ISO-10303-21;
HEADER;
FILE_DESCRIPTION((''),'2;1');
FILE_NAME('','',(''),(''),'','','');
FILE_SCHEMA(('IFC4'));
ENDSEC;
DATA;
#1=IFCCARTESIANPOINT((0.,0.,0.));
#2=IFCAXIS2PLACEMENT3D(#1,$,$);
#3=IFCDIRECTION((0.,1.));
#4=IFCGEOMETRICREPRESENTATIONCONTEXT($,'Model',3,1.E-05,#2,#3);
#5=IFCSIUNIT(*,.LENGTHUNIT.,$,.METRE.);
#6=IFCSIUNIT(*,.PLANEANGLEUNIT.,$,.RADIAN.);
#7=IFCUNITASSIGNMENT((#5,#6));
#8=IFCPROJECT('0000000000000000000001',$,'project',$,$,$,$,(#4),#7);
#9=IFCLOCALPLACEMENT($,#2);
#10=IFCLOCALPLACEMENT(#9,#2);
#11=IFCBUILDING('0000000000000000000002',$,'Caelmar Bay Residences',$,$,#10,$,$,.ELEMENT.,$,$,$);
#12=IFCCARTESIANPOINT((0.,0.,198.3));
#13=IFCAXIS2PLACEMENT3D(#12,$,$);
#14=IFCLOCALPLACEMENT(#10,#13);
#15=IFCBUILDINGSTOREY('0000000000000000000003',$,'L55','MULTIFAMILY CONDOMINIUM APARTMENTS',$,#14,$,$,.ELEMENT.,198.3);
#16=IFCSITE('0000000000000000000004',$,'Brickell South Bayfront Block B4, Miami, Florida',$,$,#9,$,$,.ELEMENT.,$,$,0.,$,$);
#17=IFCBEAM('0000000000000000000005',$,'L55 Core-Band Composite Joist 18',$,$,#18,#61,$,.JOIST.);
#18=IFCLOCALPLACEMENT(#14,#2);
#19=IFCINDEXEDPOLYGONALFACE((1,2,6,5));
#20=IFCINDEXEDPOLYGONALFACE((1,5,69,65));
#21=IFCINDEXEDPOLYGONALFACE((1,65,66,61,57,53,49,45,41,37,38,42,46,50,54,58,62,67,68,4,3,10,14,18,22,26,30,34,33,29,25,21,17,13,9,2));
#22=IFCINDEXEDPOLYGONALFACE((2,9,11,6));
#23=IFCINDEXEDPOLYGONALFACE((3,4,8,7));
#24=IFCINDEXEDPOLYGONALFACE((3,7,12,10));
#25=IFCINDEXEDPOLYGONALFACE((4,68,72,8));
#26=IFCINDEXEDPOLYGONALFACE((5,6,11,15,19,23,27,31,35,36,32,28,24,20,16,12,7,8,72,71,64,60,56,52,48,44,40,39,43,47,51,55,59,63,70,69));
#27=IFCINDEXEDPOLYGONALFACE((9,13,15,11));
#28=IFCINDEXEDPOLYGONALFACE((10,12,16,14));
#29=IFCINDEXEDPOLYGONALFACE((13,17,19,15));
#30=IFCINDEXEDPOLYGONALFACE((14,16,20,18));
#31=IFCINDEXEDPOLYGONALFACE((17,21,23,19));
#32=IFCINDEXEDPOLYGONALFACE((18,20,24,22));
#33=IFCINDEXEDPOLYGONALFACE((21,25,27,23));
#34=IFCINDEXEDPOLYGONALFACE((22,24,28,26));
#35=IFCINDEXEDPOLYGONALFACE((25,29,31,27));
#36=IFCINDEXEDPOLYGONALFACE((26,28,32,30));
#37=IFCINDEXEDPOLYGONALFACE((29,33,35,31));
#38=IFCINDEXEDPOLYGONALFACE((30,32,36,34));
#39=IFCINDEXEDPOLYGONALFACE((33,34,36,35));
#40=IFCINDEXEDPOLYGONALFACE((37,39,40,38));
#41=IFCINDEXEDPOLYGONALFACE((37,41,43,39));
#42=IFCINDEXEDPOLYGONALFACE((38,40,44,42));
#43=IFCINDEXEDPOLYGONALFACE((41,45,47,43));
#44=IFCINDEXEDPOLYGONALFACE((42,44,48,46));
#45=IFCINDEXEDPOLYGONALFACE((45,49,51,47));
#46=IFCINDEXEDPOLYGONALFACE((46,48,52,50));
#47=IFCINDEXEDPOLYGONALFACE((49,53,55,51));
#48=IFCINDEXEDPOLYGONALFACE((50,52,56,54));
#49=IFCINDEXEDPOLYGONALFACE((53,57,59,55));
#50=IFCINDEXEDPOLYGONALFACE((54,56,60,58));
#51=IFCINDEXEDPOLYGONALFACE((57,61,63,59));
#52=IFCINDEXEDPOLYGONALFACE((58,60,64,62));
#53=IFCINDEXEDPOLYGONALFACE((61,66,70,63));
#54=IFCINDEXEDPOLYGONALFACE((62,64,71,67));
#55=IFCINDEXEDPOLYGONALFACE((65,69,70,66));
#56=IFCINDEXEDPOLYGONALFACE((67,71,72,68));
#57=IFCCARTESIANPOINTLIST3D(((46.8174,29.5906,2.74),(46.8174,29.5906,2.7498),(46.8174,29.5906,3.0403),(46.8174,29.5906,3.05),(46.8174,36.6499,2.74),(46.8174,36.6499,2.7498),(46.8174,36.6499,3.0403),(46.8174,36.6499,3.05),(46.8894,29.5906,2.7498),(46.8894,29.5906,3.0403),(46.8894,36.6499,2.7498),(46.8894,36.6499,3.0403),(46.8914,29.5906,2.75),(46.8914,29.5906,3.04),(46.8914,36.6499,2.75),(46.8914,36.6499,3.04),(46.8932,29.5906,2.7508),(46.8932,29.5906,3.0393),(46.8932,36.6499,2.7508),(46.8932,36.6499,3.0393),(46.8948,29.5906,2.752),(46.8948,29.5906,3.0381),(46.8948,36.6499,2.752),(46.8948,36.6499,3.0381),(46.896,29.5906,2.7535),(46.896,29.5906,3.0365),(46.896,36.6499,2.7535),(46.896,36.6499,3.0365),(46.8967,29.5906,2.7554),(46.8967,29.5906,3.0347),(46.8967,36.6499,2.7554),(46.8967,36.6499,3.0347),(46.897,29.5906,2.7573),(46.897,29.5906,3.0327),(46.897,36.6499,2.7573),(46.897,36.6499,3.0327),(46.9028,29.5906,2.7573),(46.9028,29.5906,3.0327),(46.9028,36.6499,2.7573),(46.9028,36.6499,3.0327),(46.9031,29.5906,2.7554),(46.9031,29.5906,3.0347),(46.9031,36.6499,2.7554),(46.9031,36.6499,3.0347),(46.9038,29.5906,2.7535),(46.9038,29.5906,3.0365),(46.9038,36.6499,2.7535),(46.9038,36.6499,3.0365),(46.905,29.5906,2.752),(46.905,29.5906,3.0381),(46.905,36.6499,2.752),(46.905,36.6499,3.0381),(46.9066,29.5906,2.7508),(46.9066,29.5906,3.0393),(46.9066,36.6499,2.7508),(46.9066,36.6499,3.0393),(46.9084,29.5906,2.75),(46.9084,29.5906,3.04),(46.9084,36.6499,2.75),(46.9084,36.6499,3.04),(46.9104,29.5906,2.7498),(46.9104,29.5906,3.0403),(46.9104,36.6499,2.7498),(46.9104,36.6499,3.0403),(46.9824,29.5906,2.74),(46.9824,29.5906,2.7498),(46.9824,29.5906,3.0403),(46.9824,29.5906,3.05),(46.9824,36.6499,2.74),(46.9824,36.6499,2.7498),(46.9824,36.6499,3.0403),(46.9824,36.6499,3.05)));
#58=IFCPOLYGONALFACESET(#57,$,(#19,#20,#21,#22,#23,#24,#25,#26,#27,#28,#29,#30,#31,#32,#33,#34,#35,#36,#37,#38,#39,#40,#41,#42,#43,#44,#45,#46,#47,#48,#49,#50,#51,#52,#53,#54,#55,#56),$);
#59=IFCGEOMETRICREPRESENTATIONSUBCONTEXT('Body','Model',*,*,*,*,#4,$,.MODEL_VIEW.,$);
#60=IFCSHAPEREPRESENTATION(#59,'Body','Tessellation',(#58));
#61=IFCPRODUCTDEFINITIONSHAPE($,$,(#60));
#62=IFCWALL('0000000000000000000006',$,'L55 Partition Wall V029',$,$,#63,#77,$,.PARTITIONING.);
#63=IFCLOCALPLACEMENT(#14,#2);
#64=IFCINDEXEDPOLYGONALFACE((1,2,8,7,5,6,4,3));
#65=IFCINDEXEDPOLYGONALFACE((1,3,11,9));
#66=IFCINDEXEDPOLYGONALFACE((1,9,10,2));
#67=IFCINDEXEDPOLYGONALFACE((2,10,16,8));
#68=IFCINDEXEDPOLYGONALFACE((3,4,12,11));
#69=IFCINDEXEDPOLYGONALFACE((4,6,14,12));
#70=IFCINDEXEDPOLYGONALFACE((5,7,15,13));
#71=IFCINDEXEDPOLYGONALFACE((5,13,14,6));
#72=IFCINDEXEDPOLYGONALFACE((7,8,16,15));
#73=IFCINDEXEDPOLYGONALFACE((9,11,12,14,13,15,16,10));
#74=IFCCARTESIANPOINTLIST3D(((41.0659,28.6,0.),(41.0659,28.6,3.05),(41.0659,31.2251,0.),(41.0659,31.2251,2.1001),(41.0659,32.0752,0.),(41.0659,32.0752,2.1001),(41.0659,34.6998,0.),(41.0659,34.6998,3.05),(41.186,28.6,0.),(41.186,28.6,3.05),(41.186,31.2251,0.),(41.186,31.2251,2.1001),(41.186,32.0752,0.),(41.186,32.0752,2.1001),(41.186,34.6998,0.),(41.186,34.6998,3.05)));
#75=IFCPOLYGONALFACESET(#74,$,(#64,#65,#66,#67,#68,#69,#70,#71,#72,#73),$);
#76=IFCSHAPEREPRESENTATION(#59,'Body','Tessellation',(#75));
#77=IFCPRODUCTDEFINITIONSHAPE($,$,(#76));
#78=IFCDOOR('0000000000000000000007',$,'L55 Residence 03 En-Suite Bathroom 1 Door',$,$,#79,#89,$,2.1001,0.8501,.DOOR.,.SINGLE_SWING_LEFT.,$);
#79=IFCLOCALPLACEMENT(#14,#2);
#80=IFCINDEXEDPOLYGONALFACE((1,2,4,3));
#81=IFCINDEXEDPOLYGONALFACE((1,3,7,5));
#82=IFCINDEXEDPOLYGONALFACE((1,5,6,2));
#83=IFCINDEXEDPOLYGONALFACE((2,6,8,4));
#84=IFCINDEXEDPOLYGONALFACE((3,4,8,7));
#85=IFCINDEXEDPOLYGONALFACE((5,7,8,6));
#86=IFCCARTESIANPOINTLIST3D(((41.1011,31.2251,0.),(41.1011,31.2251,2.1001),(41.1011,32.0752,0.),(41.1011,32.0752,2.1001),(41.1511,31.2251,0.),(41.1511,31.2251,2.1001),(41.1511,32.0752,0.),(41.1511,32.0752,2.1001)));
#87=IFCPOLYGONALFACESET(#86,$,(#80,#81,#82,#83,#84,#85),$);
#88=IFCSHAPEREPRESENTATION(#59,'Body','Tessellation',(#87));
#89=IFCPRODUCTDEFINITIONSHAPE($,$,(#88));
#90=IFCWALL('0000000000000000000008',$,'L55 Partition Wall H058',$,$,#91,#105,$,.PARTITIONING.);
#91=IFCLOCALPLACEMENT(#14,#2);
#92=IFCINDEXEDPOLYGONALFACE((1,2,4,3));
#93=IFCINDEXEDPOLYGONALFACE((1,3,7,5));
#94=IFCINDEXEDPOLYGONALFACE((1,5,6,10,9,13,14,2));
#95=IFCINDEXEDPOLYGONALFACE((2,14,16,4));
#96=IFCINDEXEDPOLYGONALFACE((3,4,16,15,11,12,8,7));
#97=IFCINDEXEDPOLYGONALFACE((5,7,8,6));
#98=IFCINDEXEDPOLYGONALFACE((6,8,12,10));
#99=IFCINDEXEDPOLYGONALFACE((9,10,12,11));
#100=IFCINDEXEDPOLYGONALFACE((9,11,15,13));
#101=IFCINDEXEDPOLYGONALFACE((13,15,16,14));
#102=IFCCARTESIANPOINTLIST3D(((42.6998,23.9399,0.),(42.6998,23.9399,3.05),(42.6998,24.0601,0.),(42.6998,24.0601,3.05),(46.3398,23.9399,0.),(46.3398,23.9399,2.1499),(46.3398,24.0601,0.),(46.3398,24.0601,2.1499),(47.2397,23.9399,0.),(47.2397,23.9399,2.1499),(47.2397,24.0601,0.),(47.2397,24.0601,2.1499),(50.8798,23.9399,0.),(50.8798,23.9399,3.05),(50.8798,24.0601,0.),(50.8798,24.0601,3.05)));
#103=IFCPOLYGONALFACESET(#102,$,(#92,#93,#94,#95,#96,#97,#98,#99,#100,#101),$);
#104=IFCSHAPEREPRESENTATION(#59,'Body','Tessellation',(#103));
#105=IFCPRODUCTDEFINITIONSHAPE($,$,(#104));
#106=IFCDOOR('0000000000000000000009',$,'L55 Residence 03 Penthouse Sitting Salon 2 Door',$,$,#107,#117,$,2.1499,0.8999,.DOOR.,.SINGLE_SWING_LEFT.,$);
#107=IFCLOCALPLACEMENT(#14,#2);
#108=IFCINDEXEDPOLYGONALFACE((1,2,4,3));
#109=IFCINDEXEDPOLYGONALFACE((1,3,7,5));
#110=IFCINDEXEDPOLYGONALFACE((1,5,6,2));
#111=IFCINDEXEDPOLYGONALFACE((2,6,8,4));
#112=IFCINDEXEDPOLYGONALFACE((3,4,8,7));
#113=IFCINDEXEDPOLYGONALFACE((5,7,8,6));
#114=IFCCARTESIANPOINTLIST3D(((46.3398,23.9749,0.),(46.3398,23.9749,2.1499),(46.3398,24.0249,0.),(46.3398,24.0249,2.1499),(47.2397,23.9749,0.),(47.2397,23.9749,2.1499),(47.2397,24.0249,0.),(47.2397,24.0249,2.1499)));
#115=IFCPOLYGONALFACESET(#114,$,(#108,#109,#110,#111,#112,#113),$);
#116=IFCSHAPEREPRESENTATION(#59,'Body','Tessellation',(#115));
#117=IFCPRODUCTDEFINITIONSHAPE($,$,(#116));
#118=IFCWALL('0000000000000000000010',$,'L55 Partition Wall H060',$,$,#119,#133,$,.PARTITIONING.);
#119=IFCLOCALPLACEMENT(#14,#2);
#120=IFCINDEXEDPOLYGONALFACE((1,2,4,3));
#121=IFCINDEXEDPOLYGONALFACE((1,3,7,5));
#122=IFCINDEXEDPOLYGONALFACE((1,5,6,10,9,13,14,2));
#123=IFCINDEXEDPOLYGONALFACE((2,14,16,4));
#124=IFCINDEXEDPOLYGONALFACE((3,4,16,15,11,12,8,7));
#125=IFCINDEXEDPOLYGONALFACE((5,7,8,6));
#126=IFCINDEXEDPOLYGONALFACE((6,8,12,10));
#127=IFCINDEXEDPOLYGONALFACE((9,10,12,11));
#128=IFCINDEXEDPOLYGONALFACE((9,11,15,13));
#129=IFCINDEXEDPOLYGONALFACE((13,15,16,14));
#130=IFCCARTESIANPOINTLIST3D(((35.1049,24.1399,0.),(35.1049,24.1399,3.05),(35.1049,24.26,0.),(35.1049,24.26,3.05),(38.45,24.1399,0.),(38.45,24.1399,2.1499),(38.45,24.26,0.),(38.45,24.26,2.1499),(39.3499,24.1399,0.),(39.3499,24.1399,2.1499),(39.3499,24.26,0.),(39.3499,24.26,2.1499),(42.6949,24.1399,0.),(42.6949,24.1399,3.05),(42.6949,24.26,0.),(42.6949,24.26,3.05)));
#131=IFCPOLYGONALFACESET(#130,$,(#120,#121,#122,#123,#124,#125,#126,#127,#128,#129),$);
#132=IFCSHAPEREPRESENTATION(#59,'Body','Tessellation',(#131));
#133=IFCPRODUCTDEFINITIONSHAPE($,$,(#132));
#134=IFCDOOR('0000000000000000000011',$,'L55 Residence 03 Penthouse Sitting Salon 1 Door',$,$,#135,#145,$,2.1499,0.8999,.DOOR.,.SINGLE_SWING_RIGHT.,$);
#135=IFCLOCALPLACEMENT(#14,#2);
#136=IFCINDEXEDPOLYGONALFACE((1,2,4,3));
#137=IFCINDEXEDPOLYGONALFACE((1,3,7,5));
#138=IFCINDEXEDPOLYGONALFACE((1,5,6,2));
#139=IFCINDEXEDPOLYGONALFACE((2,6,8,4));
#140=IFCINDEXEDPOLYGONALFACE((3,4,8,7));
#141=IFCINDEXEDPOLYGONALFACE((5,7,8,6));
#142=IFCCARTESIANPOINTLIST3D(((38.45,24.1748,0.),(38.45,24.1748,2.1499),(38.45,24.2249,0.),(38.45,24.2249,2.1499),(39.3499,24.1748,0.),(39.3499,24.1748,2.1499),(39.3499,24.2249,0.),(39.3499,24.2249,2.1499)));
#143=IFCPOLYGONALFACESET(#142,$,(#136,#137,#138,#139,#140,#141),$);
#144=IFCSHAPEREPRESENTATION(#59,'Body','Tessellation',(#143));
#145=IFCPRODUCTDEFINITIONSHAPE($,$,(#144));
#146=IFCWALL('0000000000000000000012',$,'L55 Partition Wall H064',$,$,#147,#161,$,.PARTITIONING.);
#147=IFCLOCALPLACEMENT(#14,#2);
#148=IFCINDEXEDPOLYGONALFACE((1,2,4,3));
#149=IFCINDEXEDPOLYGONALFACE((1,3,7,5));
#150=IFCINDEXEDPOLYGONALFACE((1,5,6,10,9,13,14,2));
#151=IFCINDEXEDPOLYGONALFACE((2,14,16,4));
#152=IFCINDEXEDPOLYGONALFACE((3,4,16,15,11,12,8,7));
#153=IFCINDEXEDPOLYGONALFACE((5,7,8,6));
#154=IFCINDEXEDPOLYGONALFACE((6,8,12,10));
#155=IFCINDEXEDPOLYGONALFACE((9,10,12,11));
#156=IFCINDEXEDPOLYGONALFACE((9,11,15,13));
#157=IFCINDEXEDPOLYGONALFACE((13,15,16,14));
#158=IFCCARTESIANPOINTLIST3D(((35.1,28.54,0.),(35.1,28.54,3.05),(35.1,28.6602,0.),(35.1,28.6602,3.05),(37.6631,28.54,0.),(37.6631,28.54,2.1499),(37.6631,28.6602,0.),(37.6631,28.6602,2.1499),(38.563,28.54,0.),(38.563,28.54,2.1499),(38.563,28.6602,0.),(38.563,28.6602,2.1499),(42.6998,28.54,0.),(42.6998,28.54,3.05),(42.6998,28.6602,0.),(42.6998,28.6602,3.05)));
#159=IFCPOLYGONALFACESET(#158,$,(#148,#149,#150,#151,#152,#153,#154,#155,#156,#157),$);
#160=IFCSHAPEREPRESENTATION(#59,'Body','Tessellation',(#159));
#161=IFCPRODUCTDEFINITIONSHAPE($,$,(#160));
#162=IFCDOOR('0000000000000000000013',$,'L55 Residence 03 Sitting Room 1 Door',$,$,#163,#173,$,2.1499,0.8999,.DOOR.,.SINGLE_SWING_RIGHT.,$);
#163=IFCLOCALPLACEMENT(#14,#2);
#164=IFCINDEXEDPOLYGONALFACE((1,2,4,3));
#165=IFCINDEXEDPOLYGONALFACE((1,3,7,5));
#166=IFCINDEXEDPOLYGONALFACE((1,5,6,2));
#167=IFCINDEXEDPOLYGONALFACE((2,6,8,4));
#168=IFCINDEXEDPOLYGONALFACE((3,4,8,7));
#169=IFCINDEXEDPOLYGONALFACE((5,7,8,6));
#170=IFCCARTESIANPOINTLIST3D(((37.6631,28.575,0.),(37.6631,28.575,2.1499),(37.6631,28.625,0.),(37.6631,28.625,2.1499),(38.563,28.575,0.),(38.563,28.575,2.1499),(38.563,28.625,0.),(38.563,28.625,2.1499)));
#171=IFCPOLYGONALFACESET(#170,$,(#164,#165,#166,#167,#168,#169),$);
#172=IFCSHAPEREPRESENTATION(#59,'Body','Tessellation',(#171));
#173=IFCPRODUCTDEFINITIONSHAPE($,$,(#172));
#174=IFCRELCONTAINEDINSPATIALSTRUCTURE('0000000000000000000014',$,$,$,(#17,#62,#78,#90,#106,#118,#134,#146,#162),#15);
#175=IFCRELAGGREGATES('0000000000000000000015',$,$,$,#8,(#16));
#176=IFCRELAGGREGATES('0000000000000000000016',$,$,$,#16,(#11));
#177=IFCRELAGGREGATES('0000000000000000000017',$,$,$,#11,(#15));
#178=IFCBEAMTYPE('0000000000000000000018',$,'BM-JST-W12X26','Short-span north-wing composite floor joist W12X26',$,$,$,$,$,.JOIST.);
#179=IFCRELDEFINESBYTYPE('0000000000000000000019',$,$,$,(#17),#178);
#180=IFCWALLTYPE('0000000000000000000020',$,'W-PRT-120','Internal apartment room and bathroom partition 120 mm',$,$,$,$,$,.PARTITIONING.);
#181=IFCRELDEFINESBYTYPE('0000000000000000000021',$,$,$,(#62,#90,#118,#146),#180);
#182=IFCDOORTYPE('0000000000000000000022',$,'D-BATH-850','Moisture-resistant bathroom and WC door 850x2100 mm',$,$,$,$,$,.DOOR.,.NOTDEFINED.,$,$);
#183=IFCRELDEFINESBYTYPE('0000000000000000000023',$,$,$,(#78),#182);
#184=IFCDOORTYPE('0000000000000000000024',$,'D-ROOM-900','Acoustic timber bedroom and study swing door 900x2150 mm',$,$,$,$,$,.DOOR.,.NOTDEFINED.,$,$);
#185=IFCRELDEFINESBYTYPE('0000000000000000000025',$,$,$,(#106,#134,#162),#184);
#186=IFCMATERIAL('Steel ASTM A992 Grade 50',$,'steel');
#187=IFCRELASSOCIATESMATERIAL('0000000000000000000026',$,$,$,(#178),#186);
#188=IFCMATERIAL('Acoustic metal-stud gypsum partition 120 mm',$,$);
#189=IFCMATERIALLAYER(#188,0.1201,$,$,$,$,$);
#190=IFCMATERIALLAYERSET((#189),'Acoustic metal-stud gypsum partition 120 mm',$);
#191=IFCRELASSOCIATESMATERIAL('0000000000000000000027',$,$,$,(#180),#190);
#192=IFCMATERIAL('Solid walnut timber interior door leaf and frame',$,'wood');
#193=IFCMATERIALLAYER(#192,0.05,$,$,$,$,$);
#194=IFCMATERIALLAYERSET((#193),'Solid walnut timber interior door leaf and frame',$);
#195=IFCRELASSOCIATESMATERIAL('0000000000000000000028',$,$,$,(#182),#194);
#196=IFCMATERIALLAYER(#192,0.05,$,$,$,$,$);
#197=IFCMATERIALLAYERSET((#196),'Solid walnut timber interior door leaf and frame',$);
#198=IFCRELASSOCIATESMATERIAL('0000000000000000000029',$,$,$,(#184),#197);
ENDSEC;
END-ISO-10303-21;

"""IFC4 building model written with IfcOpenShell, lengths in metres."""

from ifc_helpers import new_model, si_unit, direction, frame, frame_2d, origin, origin_2d, place, context, subcontext, project, spatial, rectangle, i_section, extrude, material, layer, layer_set, material_profile, profile_set, type_object, element, fill, save


model = new_model("IFC4")

# Units and contexts
model_context = context("Model", 3, precision=1e-05, world=origin(), true_north=direction((0.0, 1.0)))
body_context = subcontext(model_context, "Body", "Model", "MODEL_VIEW")
ifc_project = project(units=[si_unit("LENGTHUNIT", "METRE"), si_unit("PLANEANGLEUNIT", "RADIAN")], contexts=[model_context])

# Site, building, storey
site_placement = place(None, origin())
site = spatial("IfcSite", under=ifc_project, at=site_placement, Name="Brickell South Bayfront Block B4, Miami, Florida", CompositionType="ELEMENT", RefElevation=0.0)
building_placement = place(site_placement, origin())
building = spatial("IfcBuilding", under=site, at=building_placement, Name="Caelmar Bay Residences", CompositionType="ELEMENT")
storey_placement = place(building_placement, frame((0.0, 0.0, 198.3)))
storey = spatial("IfcBuildingStorey", under=building, at=storey_placement, Name="L55", Description="MULTIFAMILY CONDOMINIUM APARTMENTS", CompositionType="ELEMENT", Elevation=198.3)

# Beam
ifc_material_1 = material(Name="Steel ASTM A992 Grade 50", Category="steel")
ifc_material_profile_1 = material_profile(ifc_material_1, i_section(OverallWidth=0.165, OverallDepth=0.3101, WebThickness=0.0059, FlangeThickness=0.0098, FilletRadius=0.0076, at=origin_2d()), Name="W12X26")
ifc_profile_set_1 = profile_set([ifc_material_profile_1], Name="Steel ASTM A992 Grade 50")
beam_type_1 = type_object("IfcBeamType", Name="BM-JST-W12X26", Description="Short-span north-wing composite floor joist W12X26", PredefinedType="JOIST", material=ifc_profile_set_1)
for number, where, z_axis, x_axis, name in (
    (1, (46.8999, 29.5906, 2.895), (0.0, 1.0, 0.0), (-1.0, 0.0, 0.0), "L55 Core-Band Composite Joist 18"),
):
    element("IfcBeam", number, at=place(storey_placement, frame(where, z_axis=z_axis, x_axis=x_axis)), inside=storey, type_object=beam_type_1, Name=name, PredefinedType="JOIST", context=body_context, shape_type="SweptSolid", body=[
        extrude(i_section(OverallWidth=0.165, OverallDepth=0.3101, WebThickness=0.0059, FlangeThickness=0.0098, FilletRadius=0.0076, at=origin_2d()), origin(), (0.0, 0.0, 1.0), 7.0593),
    ])

# Walls, openings, doors
ifc_material_2 = material(Name="Acoustic metal-stud gypsum partition 120 mm")
ifc_layer_1 = layer(ifc_material_2, 0.1201)
ifc_layer_set_1 = layer_set([ifc_layer_1], Name="Acoustic metal-stud gypsum partition 120 mm")
wall_type = type_object("IfcWallType", Name="W-PRT-120", Description="Internal apartment room and bathroom partition 120 mm", PredefinedType="PARTITIONING", material=ifc_layer_set_1)
wall_1_placement = place(storey_placement, frame((41.126, 28.6001, 0.0), z_axis=(0.0, 0.0, 1.0), x_axis=(0.0, 1.0, 0.0)))
wall_1 = element("IfcWall", 2, at=wall_1_placement, inside=storey, type_object=wall_type, Name="L55 Partition Wall V029", PredefinedType="PARTITIONING", context=body_context, shape_type="SweptSolid", body=[
    extrude(rectangle(XDim=6.0999, YDim=0.1201, at=frame_2d((3.0498, 0.0))), origin(), (0.0, 0.0, 1.0), 3.05),
])
opening_1_placement = place(wall_1_placement, frame((2.625, 0.0, 0.0)))
opening_1 = element("IfcOpeningElement", 3, at=opening_1_placement, cuts=wall_1, PredefinedType="OPENING", context=body_context, shape_type="SweptSolid", body=[
    extrude(rectangle(XDim=0.8501, YDim=2.1001, at=frame_2d((0.425, 1.05))), frame((0.0, 0.0701, 0.0), z_axis=(0.0, -1.0, 0.0), x_axis=(1.0, 0.0, 0.0)), (0.0, 0.0, 1.0), 0.1401),
])
ifc_material_3 = material(Name="Solid walnut timber interior door leaf and frame", Category="wood")
ifc_layer_2 = layer(ifc_material_3, 0.05)
ifc_layer_set_2 = layer_set([ifc_layer_2], Name="Solid walnut timber interior door leaf and frame")
door_type_1 = type_object("IfcDoorType", Name="D-BATH-850", Description="Moisture-resistant bathroom and WC door 850x2100 mm", OperationType="NOTDEFINED", PredefinedType="DOOR", material=ifc_layer_set_2)
door_1_placement = place(opening_1_placement, origin())
door_1 = element("IfcDoor", 4, at=door_1_placement, inside=storey, type_object=door_type_1, Name="L55 Residence 03 En-Suite Bathroom 1 Door", OperationType="SINGLE_SWING_LEFT", OverallHeight=2.1001, OverallWidth=0.8501, PredefinedType="DOOR", context=body_context, shape_type="SweptSolid", body=[
    extrude(rectangle(XDim=0.8501, YDim=2.1001, at=frame_2d((0.425, 1.05))), frame((0.0, 0.0249, 0.0), z_axis=(0.0, -1.0, 0.0), x_axis=(1.0, 0.0, 0.0)), (0.0, 0.0, 1.0), 0.05),
])
fill(opening_1, door_1)
wall_2_placement = place(storey_placement, frame((42.7, 24.0, 0.0), z_axis=(0.0, 0.0, 1.0), x_axis=(1.0, 0.0, 0.0)))
wall_2 = element("IfcWall", 5, at=wall_2_placement, inside=storey, type_object=wall_type, Name="L55 Partition Wall H058", PredefinedType="PARTITIONING", context=body_context, shape_type="SweptSolid", body=[
    extrude(rectangle(XDim=8.1799, YDim=0.1201, at=frame_2d((4.0898, 0.0))), origin(), (0.0, 0.0, 1.0), 3.05),
])
opening_2_placement = place(wall_2_placement, frame((3.6399, 0.0, 0.0)))
opening_2 = element("IfcOpeningElement", 6, at=opening_2_placement, cuts=wall_2, PredefinedType="OPENING", context=body_context, shape_type="SweptSolid", body=[
    extrude(rectangle(XDim=0.8999, YDim=2.1499, at=frame_2d((0.45, 1.075))), frame((0.0, 0.0701, 0.0), z_axis=(0.0, -1.0, 0.0), x_axis=(1.0, 0.0, 0.0)), (0.0, 0.0, 1.0), 0.1401),
])
ifc_layer_3 = layer(ifc_material_3, 0.05)
ifc_layer_set_3 = layer_set([ifc_layer_3], Name="Solid walnut timber interior door leaf and frame")
door_type_2 = type_object("IfcDoorType", Name="D-ROOM-900", Description="Acoustic timber bedroom and study swing door 900x2150 mm", OperationType="NOTDEFINED", PredefinedType="DOOR", material=ifc_layer_set_3)
door_2_placement = place(opening_2_placement, origin())
door_2 = element("IfcDoor", 7, at=door_2_placement, inside=storey, type_object=door_type_2, Name="L55 Residence 03 Penthouse Sitting Salon 2 Door", OperationType="SINGLE_SWING_LEFT", OverallHeight=2.1499, OverallWidth=0.8999, PredefinedType="DOOR", context=body_context, shape_type="SweptSolid", body=[
    extrude(rectangle(XDim=0.8999, YDim=2.1499, at=frame_2d((0.45, 1.075))), frame((0.0, 0.0249, 0.0), z_axis=(0.0, -1.0, 0.0), x_axis=(1.0, 0.0, 0.0)), (0.0, 0.0, 1.0), 0.05),
])
fill(opening_2, door_2)
wall_3_placement = place(storey_placement, frame((35.105, 24.2, 0.0), z_axis=(0.0, 0.0, 1.0), x_axis=(1.0, 0.0, 0.0)))
wall_3 = element("IfcWall", 8, at=wall_3_placement, inside=storey, type_object=wall_type, Name="L55 Partition Wall H060", PredefinedType="PARTITIONING", context=body_context, shape_type="SweptSolid", body=[
    extrude(rectangle(XDim=7.5901, YDim=0.1201, at=frame_2d((3.7949, 0.0))), origin(), (0.0, 0.0, 1.0), 3.05),
])
opening_3_placement = place(wall_3_placement, frame((3.345, 0.0, 0.0)))
opening_3 = element("IfcOpeningElement", 9, at=opening_3_placement, cuts=wall_3, PredefinedType="OPENING", context=body_context, shape_type="SweptSolid", body=[
    extrude(rectangle(XDim=0.8999, YDim=2.1499, at=frame_2d((0.45, 1.075))), frame((0.0, 0.0701, 0.0), z_axis=(0.0, -1.0, 0.0), x_axis=(1.0, 0.0, 0.0)), (0.0, 0.0, 1.0), 0.1401),
])
door_3_placement = place(opening_3_placement, origin())
door_3 = element("IfcDoor", 10, at=door_3_placement, inside=storey, type_object=door_type_2, Name="L55 Residence 03 Penthouse Sitting Salon 1 Door", OperationType="SINGLE_SWING_RIGHT", OverallHeight=2.1499, OverallWidth=0.8999, PredefinedType="DOOR", context=body_context, shape_type="SweptSolid", body=[
    extrude(rectangle(XDim=0.8999, YDim=2.1499, at=frame_2d((0.45, 1.075))), frame((0.0, 0.0249, 0.0), z_axis=(0.0, -1.0, 0.0), x_axis=(1.0, 0.0, 0.0)), (0.0, 0.0, 1.0), 0.05),
])
fill(opening_3, door_3)
wall_4_placement = place(storey_placement, frame((35.1001, 28.6001, 0.0), z_axis=(0.0, 0.0, 1.0), x_axis=(1.0, 0.0, 0.0)))
wall_4 = element("IfcWall", 11, at=wall_4_placement, inside=storey, type_object=wall_type, Name="L55 Partition Wall H064", PredefinedType="PARTITIONING", context=body_context, shape_type="SweptSolid", body=[
    extrude(rectangle(XDim=7.5999, YDim=0.1201, at=frame_2d((3.7998, 0.0))), origin(), (0.0, 0.0, 1.0), 3.05),
])
opening_4_placement = place(wall_4_placement, frame((2.563, 0.0, 0.0)))
opening_4 = element("IfcOpeningElement", 12, at=opening_4_placement, cuts=wall_4, PredefinedType="OPENING", context=body_context, shape_type="SweptSolid", body=[
    extrude(rectangle(XDim=0.8999, YDim=2.1499, at=frame_2d((0.45, 1.075))), frame((0.0, 0.0701, 0.0), z_axis=(0.0, -1.0, 0.0), x_axis=(1.0, 0.0, 0.0)), (0.0, 0.0, 1.0), 0.1401),
])
door_4_placement = place(opening_4_placement, origin())
door_4 = element("IfcDoor", 13, at=door_4_placement, inside=storey, type_object=door_type_2, Name="L55 Residence 03 Sitting Room 1 Door", OperationType="SINGLE_SWING_RIGHT", OverallHeight=2.1499, OverallWidth=0.8999, PredefinedType="DOOR", context=body_context, shape_type="SweptSolid", body=[
    extrude(rectangle(XDim=0.8999, YDim=2.1499, at=frame_2d((0.45, 1.075))), frame((0.0, 0.0249, 0.0), z_axis=(0.0, -1.0, 0.0), x_axis=(1.0, 0.0, 0.0)), (0.0, 0.0, 1.0), 0.05),
])
fill(opening_4, door_4)

save(model, "model.ifc")
